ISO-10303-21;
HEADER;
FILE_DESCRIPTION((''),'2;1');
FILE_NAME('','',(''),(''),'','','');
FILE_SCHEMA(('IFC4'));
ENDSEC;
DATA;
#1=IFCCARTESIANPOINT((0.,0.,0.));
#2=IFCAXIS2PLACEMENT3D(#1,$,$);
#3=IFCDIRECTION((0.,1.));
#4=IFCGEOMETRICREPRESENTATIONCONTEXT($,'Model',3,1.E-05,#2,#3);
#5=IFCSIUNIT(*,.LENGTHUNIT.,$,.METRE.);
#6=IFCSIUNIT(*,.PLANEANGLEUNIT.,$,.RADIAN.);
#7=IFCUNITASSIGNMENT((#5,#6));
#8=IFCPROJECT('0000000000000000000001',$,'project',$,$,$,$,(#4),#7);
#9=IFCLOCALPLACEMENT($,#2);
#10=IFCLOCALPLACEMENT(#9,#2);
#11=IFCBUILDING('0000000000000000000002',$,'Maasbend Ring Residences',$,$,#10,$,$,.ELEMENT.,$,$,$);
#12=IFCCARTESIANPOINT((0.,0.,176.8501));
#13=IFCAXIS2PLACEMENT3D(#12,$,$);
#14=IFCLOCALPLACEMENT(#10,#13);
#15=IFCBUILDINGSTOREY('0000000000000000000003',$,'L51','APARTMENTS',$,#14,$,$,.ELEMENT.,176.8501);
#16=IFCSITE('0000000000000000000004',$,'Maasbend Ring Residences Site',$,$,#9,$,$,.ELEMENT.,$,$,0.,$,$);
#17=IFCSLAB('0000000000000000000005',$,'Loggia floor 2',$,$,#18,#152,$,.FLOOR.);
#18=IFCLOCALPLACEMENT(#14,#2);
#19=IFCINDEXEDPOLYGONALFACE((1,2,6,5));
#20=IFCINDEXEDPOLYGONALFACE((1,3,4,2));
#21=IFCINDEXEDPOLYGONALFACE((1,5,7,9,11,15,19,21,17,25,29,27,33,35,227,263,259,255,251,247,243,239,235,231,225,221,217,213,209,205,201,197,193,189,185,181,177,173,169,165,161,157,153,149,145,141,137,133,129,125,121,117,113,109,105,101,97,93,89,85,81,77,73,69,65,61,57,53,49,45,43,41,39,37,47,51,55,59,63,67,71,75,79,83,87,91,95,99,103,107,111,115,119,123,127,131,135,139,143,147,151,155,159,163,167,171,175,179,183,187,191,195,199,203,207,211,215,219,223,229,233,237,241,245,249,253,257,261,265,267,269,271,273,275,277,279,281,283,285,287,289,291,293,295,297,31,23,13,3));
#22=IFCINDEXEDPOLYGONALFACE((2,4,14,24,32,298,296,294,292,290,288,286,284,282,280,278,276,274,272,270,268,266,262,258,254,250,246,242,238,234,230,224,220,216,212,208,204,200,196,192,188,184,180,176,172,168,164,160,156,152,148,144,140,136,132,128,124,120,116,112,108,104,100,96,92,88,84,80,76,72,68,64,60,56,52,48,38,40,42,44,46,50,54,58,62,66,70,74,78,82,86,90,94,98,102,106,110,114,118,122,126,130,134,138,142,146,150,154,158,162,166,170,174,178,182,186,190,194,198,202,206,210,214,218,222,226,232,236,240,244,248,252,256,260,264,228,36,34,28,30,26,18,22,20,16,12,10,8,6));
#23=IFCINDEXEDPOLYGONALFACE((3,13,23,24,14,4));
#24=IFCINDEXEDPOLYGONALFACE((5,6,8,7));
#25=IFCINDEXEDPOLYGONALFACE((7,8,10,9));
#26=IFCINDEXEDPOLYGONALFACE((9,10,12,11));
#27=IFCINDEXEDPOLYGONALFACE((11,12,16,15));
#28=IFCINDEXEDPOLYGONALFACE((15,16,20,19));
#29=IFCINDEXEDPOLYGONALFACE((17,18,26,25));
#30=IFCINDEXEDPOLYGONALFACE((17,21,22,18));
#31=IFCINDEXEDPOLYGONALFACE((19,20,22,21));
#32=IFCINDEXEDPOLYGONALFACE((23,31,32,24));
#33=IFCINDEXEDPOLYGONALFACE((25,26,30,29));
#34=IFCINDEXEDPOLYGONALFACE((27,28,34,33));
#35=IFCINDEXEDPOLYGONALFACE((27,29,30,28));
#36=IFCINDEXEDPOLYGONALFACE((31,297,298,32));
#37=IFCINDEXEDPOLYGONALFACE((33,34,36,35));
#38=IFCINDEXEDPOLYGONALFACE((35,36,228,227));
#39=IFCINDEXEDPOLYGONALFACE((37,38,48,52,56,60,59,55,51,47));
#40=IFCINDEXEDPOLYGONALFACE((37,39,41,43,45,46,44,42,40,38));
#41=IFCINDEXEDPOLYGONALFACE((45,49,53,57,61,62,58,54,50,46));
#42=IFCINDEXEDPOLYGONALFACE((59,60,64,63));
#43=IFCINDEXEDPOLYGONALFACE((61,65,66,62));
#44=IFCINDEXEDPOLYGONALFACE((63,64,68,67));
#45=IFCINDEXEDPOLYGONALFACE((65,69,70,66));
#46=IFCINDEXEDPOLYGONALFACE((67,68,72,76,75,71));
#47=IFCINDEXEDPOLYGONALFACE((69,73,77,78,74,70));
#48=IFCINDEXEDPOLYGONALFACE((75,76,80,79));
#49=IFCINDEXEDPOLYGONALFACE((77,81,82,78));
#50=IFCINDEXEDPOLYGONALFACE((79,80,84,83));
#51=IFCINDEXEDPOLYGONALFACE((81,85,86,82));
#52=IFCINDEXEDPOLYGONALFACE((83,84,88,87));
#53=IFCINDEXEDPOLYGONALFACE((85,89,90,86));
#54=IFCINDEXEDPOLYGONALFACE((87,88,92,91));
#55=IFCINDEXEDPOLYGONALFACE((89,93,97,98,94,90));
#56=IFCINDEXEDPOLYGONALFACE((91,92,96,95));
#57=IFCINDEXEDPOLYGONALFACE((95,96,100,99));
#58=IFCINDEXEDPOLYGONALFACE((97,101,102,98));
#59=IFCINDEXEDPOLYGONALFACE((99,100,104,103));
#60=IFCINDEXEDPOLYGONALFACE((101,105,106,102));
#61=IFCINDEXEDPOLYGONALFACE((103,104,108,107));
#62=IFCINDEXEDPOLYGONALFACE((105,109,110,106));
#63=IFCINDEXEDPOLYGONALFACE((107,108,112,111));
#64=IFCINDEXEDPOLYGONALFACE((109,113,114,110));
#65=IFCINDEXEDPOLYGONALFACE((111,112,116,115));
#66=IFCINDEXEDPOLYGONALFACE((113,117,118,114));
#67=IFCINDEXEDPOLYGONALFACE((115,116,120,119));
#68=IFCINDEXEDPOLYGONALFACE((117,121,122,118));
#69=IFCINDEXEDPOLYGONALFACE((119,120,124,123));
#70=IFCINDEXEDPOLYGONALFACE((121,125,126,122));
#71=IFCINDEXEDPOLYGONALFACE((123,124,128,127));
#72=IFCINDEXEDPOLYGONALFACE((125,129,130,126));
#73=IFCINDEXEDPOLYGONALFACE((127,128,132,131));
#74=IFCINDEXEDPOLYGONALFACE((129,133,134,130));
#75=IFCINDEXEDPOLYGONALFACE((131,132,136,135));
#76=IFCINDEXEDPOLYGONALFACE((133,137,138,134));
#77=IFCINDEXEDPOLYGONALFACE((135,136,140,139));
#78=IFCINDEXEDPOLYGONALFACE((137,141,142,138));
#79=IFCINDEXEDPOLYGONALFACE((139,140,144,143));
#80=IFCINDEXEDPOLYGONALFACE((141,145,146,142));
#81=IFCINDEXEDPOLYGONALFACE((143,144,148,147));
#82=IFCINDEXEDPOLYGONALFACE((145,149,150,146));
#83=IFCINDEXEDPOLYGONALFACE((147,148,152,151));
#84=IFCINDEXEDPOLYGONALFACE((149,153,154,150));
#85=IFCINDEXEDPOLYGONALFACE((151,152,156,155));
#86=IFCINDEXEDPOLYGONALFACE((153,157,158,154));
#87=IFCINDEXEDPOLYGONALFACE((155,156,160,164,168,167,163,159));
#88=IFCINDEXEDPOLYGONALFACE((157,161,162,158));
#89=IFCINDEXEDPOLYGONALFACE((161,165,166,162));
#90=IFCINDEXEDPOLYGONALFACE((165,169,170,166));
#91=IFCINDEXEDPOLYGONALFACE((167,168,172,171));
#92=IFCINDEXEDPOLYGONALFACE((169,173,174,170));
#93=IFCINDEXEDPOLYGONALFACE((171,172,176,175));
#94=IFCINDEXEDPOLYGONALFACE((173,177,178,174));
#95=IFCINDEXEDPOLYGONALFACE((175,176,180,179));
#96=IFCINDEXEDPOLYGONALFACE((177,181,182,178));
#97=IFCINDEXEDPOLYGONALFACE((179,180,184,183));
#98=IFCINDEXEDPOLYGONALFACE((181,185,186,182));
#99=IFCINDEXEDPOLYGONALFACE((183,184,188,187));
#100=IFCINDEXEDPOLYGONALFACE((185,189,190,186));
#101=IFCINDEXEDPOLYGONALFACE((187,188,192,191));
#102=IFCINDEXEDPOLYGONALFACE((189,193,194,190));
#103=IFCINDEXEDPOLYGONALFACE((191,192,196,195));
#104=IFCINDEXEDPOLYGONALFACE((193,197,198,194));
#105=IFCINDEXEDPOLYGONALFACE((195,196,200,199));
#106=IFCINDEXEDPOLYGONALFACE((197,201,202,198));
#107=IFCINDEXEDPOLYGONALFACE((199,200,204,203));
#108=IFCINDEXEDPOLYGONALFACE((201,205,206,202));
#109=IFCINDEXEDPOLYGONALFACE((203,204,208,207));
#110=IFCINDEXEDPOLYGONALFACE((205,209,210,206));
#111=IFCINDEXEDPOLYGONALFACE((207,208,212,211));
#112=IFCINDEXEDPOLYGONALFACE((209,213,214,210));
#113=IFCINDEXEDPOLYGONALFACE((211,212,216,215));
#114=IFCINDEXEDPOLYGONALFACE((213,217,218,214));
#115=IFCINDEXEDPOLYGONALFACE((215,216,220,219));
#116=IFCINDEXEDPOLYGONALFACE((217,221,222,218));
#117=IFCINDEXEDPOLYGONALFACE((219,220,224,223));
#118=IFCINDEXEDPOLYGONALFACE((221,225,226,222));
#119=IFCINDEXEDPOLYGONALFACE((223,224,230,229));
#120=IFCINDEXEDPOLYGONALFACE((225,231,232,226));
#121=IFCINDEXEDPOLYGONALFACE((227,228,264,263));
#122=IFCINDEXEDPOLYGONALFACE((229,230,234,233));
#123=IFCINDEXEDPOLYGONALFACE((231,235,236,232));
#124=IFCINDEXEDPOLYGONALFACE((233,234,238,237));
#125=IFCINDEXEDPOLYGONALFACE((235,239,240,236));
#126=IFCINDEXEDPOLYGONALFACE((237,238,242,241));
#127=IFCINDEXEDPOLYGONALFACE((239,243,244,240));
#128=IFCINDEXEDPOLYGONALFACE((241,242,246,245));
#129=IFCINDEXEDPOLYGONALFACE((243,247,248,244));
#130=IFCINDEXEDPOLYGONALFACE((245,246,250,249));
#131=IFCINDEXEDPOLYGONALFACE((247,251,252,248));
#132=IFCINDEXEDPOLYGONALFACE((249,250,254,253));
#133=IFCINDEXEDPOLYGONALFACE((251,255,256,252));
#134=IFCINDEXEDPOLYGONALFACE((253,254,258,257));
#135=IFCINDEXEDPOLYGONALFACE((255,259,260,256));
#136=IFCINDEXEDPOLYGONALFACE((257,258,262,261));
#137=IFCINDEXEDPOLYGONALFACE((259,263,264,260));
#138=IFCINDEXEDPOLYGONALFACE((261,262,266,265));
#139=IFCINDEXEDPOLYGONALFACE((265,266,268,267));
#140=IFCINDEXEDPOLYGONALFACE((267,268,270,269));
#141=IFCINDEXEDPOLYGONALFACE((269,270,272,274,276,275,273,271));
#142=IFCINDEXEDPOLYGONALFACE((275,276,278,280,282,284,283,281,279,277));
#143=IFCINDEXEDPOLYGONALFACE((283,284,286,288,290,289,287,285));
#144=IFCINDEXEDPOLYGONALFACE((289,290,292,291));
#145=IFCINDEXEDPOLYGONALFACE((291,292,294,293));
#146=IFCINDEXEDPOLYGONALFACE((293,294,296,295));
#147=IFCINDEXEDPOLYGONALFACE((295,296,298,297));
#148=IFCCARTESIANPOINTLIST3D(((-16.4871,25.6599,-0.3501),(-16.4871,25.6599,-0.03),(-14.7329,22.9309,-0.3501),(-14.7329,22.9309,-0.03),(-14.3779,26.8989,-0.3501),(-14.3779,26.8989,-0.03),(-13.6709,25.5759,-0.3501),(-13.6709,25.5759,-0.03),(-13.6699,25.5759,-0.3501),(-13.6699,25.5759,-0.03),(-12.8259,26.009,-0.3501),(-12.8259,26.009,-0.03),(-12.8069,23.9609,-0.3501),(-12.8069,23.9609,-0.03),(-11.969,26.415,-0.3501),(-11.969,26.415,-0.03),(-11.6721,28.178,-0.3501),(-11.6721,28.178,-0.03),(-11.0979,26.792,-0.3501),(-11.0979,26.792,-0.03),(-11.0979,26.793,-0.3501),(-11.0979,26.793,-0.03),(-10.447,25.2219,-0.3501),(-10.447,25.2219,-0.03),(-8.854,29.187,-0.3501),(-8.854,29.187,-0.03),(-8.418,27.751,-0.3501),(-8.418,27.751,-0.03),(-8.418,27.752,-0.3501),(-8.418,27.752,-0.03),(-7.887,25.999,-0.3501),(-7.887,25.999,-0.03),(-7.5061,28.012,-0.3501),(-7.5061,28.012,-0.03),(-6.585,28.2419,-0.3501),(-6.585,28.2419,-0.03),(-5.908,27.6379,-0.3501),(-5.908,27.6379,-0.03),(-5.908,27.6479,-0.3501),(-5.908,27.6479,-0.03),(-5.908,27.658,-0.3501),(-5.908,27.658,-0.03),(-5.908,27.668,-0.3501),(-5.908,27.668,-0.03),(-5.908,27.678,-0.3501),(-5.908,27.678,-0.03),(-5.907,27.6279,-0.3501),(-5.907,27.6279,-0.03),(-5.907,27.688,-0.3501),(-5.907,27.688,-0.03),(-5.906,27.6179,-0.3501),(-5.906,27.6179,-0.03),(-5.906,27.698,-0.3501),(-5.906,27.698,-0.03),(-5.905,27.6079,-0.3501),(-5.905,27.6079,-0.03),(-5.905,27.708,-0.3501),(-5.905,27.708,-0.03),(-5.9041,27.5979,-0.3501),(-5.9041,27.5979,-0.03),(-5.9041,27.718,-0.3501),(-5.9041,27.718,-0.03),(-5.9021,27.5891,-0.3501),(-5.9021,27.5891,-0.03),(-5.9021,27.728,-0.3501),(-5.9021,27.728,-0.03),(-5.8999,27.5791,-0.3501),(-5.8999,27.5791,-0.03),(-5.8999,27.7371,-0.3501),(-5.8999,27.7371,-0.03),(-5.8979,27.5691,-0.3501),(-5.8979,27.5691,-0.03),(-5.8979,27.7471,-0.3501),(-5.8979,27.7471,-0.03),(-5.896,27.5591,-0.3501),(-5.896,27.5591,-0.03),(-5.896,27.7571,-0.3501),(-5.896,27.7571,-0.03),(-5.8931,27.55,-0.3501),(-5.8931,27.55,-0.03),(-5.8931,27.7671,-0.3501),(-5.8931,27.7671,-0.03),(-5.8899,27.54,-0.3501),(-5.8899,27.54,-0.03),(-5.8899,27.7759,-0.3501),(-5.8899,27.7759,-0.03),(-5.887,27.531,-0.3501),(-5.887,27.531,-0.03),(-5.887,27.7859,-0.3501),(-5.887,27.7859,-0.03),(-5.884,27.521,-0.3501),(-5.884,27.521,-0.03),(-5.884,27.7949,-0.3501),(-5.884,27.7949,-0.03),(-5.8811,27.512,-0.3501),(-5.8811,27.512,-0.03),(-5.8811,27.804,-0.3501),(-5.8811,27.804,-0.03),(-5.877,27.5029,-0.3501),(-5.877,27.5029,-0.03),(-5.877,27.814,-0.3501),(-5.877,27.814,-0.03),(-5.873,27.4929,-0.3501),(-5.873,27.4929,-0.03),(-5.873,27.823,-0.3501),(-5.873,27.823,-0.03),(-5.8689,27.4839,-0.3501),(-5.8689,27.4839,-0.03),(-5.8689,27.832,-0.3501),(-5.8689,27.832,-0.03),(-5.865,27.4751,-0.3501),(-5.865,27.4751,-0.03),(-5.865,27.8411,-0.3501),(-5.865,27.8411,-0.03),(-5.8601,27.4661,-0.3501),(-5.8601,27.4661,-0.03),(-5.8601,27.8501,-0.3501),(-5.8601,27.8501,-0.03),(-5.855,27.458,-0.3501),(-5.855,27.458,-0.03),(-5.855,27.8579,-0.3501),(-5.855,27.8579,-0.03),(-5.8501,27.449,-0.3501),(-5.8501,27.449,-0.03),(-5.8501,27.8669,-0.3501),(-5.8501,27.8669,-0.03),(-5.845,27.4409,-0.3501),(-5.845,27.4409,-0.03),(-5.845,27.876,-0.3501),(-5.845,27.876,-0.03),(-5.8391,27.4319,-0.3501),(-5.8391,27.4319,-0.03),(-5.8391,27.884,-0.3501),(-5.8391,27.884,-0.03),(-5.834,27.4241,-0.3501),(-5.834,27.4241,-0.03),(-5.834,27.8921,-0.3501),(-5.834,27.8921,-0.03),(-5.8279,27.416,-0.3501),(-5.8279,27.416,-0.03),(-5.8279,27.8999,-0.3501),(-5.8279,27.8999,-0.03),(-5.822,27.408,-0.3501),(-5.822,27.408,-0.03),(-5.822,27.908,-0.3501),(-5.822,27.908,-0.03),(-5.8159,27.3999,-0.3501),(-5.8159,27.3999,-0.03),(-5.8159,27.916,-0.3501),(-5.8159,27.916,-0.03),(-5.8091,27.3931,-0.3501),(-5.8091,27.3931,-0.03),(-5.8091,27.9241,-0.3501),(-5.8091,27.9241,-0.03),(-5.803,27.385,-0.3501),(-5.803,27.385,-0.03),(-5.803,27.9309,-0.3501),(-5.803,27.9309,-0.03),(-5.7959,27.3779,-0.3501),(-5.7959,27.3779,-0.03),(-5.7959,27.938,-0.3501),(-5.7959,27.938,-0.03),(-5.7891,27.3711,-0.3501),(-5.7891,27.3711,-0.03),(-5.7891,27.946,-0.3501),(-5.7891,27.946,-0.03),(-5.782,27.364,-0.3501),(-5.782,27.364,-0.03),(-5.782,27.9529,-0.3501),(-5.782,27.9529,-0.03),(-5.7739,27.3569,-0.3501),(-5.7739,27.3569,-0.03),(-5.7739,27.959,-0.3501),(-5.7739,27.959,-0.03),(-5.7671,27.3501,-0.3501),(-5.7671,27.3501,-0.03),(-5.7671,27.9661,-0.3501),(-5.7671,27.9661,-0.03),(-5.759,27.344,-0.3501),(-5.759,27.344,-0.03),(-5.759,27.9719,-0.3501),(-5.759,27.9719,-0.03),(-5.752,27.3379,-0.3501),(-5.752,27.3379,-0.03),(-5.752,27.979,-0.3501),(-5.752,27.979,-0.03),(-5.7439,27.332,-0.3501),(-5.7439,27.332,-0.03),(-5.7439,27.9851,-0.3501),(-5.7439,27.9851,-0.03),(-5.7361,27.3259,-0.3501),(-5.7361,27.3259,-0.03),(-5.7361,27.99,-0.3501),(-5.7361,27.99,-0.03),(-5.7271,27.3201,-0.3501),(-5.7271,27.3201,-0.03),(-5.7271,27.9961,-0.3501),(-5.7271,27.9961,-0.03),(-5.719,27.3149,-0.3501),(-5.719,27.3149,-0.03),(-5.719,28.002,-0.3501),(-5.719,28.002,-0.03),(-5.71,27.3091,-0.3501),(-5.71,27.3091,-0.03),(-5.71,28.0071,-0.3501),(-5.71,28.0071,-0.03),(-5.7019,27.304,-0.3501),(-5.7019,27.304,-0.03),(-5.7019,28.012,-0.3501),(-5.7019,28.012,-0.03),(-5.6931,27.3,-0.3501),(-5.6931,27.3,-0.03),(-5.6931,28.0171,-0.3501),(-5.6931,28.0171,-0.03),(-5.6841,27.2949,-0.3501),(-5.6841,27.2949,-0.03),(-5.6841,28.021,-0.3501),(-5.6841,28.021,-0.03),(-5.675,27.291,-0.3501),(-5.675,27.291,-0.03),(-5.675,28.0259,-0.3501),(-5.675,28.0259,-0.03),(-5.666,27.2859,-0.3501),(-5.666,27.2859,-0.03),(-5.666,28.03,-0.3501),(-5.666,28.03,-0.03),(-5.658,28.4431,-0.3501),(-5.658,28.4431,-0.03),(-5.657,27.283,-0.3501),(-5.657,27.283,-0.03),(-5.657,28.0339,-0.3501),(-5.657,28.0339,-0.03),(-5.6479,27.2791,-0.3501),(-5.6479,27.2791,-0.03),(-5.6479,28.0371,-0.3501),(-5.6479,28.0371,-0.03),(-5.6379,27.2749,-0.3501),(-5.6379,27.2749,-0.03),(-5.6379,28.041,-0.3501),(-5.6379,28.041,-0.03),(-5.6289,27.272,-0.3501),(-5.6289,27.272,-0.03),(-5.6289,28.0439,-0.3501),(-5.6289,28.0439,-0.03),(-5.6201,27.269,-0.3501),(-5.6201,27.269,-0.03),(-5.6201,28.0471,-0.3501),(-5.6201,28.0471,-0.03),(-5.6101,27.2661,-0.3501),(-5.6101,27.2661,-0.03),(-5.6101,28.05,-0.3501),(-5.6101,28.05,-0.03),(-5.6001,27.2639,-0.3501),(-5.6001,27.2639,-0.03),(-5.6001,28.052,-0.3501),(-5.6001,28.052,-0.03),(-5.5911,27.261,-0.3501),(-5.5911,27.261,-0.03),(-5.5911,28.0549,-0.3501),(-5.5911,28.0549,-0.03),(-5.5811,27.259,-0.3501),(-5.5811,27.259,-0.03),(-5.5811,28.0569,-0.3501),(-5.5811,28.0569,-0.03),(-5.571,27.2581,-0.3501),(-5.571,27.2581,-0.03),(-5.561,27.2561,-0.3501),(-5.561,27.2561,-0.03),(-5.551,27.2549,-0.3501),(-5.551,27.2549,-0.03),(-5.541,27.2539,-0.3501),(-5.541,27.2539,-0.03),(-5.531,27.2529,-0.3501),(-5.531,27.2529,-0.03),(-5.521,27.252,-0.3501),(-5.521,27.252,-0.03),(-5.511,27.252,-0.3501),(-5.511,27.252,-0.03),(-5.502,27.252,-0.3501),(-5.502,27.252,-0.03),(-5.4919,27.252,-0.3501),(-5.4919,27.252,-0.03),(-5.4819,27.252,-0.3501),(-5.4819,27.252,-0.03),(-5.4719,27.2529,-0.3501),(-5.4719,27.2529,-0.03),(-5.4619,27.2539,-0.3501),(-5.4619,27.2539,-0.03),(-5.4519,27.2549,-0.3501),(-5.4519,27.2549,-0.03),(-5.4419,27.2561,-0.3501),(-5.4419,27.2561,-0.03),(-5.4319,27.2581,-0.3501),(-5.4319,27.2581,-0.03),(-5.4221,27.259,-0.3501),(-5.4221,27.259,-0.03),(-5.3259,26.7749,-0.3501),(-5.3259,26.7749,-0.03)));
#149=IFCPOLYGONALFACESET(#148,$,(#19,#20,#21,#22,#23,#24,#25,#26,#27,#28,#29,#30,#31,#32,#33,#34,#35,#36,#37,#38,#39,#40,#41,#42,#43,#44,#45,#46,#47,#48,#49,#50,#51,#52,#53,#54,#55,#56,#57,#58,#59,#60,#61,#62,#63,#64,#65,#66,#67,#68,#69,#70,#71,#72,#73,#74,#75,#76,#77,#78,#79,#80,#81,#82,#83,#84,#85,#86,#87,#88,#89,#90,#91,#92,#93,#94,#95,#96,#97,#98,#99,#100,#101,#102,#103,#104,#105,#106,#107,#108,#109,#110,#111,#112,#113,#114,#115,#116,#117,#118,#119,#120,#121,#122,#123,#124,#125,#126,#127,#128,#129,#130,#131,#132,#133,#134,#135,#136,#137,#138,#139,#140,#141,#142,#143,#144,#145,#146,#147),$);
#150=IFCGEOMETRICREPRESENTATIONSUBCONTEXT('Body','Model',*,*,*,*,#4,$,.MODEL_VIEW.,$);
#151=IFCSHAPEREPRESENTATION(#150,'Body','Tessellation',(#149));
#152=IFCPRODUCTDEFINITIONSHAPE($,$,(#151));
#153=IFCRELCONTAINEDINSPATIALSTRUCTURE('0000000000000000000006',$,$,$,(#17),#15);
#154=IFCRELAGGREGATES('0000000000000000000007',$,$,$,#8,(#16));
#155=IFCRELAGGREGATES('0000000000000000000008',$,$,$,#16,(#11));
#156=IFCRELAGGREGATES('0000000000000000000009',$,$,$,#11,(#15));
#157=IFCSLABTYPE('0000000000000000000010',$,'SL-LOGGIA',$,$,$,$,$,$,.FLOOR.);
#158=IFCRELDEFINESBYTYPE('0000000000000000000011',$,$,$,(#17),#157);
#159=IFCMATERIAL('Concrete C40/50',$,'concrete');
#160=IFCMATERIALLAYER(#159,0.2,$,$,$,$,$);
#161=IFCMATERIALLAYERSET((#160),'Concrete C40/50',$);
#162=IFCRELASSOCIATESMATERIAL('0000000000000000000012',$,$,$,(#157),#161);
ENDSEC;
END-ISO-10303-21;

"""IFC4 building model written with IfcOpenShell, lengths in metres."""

from ifc_helpers import new_model, si_unit, direction, frame, origin, place, context, subcontext, project, spatial, polyline, outline, extrude, material, layer, layer_set, type_object, element, save


model = new_model("IFC4")

# Units and contexts
model_context = context("Model", 3, precision=1e-05, world=origin(), true_north=direction((0.0, 1.0)))
body_context = subcontext(model_context, "Body", "Model", "MODEL_VIEW")
ifc_project = project(units=[si_unit("LENGTHUNIT", "METRE"), si_unit("PLANEANGLEUNIT", "RADIAN")], contexts=[model_context])

# Site, building, storey
site_placement = place(None, origin())
site = spatial("IfcSite", under=ifc_project, at=site_placement, Name="Maasbend Ring Residences Site", CompositionType="ELEMENT", RefElevation=0.0)
building_placement = place(site_placement, origin())
building = spatial("IfcBuilding", under=site, at=building_placement, Name="Maasbend Ring Residences", CompositionType="ELEMENT")
storey_placement = place(building_placement, frame((0.0, 0.0, 176.8501)))
storey = spatial("IfcBuildingStorey", under=building, at=storey_placement, Name="L51", Description="APARTMENTS", CompositionType="ELEMENT", Elevation=176.8501)

# Slab
ifc_material_1 = material(Name="Concrete C40/50", Category="concrete")
ifc_layer_1 = layer(ifc_material_1, 0.2)
ifc_layer_set_1 = layer_set([ifc_layer_1], Name="Concrete C40/50")
slab_type_1 = type_object("IfcSlabType", Name="SL-LOGGIA", PredefinedType="FLOOR", material=ifc_layer_set_1)
slab_1_placement = place(storey_placement, frame((0.0, 0.0, -0.3501)))
element("IfcSlab", 1, at=slab_1_placement, inside=storey, type_object=slab_type_1, Name="Loggia floor 2", PredefinedType="FLOOR", context=body_context, shape_type="SweptSolid", body=[
    extrude(outline(polyline([(-13.6709, 25.5759), (-13.6709, 25.5759), (-13.6709, 25.5759), (-13.6709, 25.5759), (-13.6709, 25.5759), (-13.6709, 25.5759), (-13.6709, 25.5759), (-13.6699, 25.5759), (-13.6699, 25.5759), (-13.6699, 25.5759), (-13.6699, 25.5759), (-13.6699, 25.5759), (-13.6699, 25.5759), (-13.6699, 25.5759), (-13.6699, 25.5759), (-13.6699, 25.5759), (-13.6699, 25.5759), (-12.8259, 26.009), (-12.8259, 26.009), (-11.969, 26.415), (-11.969, 26.415), (-11.0979, 26.792), (-11.0979, 26.792), (-11.0979, 26.792), (-11.0979, 26.792), (-11.0979, 26.792), (-11.0979, 26.792), (-11.0979, 26.792), (-11.0979, 26.793), (-11.0979, 26.793), (-11.0979, 26.793), (-11.0979, 26.793), (-11.0979, 26.793), (-11.0979, 26.793), (-11.0979, 26.793), (-11.0979, 26.793), (-11.0979, 26.793), (-11.0979, 26.793), (-11.6721, 28.178), (-11.6721, 28.178), (-11.6721, 28.178), (-8.854, 29.187), (-8.854, 29.187), (-8.854, 29.187), (-8.418, 27.752), (-8.418, 27.752), (-8.418, 27.752), (-8.418, 27.752), (-8.418, 27.752), (-8.418, 27.752), (-8.418, 27.752), (-8.418, 27.751), (-8.418, 27.751), (-8.418, 27.751), (-8.418, 27.751), (-8.418, 27.751), (-8.418, 27.751), (-8.418, 27.751), (-8.418, 27.751), (-8.418, 27.751), (-8.418, 27.751), (-7.5061, 28.012), (-7.5061, 28.012), (-6.585, 28.2419), (-6.585, 28.2419), (-5.658, 28.4431), (-5.658, 28.4431), (-5.658, 28.4431), (-5.5811, 28.0569), (-5.5911, 28.0549), (-5.6001, 28.052), (-5.6101, 28.05), (-5.6201, 28.0471), (-5.6289, 28.0439), (-5.6379, 28.041), (-5.6479, 28.0371), (-5.657, 28.0339), (-5.666, 28.03), (-5.675, 28.0259), (-5.6841, 28.021), (-5.6931, 28.0171), (-5.7019, 28.012), (-5.71, 28.0071), (-5.719, 28.002), (-5.7271, 27.9961), (-5.7361, 27.99), (-5.7439, 27.9851), (-5.752, 27.979), (-5.759, 27.9719), (-5.7671, 27.9661), (-5.7739, 27.959), (-5.782, 27.9529), (-5.7891, 27.946), (-5.7959, 27.938), (-5.803, 27.9309), (-5.8091, 27.9241), (-5.8159, 27.916), (-5.822, 27.908), (-5.8279, 27.8999), (-5.834, 27.8921), (-5.8391, 27.884), (-5.845, 27.876), (-5.8501, 27.8669), (-5.855, 27.8579), (-5.8601, 27.8501), (-5.865, 27.8411), (-5.8689, 27.832), (-5.873, 27.823), (-5.877, 27.814), (-5.8811, 27.804), (-5.884, 27.7949), (-5.887, 27.7859), (-5.8899, 27.7759), (-5.8931, 27.7671), (-5.896, 27.7571), (-5.8979, 27.7471), (-5.8999, 27.7371), (-5.9021, 27.728), (-5.9041, 27.718), (-5.905, 27.708), (-5.906, 27.698), (-5.907, 27.688), (-5.908, 27.678), (-5.908, 27.668), (-5.908, 27.658), (-5.908, 27.6479), (-5.908, 27.6379), (-5.907, 27.6279), (-5.906, 27.6179), (-5.905, 27.6079), (-5.9041, 27.5979), (-5.9021, 27.5891), (-5.8999, 27.5791), (-5.8979, 27.5691), (-5.896, 27.5591), (-5.8931, 27.55), (-5.8899, 27.54), (-5.887, 27.531), (-5.884, 27.521), (-5.8811, 27.512), (-5.877, 27.5029), (-5.873, 27.4929), (-5.8689, 27.4839), (-5.865, 27.4751), (-5.8601, 27.4661), (-5.855, 27.458), (-5.8501, 27.449), (-5.845, 27.4409), (-5.8391, 27.4319), (-5.834, 27.4241), (-5.8279, 27.416), (-5.822, 27.408), (-5.8159, 27.3999), (-5.8091, 27.3931), (-5.803, 27.385), (-5.7959, 27.3779), (-5.7891, 27.3711), (-5.782, 27.364), (-5.7739, 27.3569), (-5.7671, 27.3501), (-5.759, 27.344), (-5.752, 27.3379), (-5.7439, 27.332), (-5.7361, 27.3259), (-5.7271, 27.3201), (-5.719, 27.3149), (-5.71, 27.3091), (-5.7019, 27.304), (-5.6931, 27.3), (-5.6841, 27.2949), (-5.675, 27.291), (-5.666, 27.2859), (-5.657, 27.283), (-5.6479, 27.2791), (-5.6379, 27.2749), (-5.6289, 27.272), (-5.6201, 27.269), (-5.6101, 27.2661), (-5.6001, 27.2639), (-5.5911, 27.261), (-5.5811, 27.259), (-5.571, 27.2581), (-5.561, 27.2561), (-5.551, 27.2549), (-5.541, 27.2539), (-5.531, 27.2529), (-5.521, 27.252), (-5.511, 27.252), (-5.502, 27.252), (-5.4919, 27.252), (-5.4819, 27.252), (-5.4719, 27.2529), (-5.4619, 27.2539), (-5.4519, 27.2549), (-5.4419, 27.2561), (-5.4319, 27.2581), (-5.4221, 27.259), (-5.3259, 26.7749), (-5.3259, 26.7749), (-5.3259, 26.7749), (-7.887, 25.999), (-10.447, 25.2219), (-10.447, 25.2219), (-10.447, 25.2219), (-12.8069, 23.9609), (-14.7329, 22.9309), (-14.7329, 22.9309), (-14.7329, 22.9309), (-16.4871, 25.6599), (-16.4871, 25.6599), (-16.4871, 25.6599), (-14.3779, 26.8989), (-14.3779, 26.8989), (-14.3779, 26.8989), (-13.6709, 25.5759)])), origin(), (0.0, 0.0, 1.0), 0.3201),
])

save(model, "model.ifc")
